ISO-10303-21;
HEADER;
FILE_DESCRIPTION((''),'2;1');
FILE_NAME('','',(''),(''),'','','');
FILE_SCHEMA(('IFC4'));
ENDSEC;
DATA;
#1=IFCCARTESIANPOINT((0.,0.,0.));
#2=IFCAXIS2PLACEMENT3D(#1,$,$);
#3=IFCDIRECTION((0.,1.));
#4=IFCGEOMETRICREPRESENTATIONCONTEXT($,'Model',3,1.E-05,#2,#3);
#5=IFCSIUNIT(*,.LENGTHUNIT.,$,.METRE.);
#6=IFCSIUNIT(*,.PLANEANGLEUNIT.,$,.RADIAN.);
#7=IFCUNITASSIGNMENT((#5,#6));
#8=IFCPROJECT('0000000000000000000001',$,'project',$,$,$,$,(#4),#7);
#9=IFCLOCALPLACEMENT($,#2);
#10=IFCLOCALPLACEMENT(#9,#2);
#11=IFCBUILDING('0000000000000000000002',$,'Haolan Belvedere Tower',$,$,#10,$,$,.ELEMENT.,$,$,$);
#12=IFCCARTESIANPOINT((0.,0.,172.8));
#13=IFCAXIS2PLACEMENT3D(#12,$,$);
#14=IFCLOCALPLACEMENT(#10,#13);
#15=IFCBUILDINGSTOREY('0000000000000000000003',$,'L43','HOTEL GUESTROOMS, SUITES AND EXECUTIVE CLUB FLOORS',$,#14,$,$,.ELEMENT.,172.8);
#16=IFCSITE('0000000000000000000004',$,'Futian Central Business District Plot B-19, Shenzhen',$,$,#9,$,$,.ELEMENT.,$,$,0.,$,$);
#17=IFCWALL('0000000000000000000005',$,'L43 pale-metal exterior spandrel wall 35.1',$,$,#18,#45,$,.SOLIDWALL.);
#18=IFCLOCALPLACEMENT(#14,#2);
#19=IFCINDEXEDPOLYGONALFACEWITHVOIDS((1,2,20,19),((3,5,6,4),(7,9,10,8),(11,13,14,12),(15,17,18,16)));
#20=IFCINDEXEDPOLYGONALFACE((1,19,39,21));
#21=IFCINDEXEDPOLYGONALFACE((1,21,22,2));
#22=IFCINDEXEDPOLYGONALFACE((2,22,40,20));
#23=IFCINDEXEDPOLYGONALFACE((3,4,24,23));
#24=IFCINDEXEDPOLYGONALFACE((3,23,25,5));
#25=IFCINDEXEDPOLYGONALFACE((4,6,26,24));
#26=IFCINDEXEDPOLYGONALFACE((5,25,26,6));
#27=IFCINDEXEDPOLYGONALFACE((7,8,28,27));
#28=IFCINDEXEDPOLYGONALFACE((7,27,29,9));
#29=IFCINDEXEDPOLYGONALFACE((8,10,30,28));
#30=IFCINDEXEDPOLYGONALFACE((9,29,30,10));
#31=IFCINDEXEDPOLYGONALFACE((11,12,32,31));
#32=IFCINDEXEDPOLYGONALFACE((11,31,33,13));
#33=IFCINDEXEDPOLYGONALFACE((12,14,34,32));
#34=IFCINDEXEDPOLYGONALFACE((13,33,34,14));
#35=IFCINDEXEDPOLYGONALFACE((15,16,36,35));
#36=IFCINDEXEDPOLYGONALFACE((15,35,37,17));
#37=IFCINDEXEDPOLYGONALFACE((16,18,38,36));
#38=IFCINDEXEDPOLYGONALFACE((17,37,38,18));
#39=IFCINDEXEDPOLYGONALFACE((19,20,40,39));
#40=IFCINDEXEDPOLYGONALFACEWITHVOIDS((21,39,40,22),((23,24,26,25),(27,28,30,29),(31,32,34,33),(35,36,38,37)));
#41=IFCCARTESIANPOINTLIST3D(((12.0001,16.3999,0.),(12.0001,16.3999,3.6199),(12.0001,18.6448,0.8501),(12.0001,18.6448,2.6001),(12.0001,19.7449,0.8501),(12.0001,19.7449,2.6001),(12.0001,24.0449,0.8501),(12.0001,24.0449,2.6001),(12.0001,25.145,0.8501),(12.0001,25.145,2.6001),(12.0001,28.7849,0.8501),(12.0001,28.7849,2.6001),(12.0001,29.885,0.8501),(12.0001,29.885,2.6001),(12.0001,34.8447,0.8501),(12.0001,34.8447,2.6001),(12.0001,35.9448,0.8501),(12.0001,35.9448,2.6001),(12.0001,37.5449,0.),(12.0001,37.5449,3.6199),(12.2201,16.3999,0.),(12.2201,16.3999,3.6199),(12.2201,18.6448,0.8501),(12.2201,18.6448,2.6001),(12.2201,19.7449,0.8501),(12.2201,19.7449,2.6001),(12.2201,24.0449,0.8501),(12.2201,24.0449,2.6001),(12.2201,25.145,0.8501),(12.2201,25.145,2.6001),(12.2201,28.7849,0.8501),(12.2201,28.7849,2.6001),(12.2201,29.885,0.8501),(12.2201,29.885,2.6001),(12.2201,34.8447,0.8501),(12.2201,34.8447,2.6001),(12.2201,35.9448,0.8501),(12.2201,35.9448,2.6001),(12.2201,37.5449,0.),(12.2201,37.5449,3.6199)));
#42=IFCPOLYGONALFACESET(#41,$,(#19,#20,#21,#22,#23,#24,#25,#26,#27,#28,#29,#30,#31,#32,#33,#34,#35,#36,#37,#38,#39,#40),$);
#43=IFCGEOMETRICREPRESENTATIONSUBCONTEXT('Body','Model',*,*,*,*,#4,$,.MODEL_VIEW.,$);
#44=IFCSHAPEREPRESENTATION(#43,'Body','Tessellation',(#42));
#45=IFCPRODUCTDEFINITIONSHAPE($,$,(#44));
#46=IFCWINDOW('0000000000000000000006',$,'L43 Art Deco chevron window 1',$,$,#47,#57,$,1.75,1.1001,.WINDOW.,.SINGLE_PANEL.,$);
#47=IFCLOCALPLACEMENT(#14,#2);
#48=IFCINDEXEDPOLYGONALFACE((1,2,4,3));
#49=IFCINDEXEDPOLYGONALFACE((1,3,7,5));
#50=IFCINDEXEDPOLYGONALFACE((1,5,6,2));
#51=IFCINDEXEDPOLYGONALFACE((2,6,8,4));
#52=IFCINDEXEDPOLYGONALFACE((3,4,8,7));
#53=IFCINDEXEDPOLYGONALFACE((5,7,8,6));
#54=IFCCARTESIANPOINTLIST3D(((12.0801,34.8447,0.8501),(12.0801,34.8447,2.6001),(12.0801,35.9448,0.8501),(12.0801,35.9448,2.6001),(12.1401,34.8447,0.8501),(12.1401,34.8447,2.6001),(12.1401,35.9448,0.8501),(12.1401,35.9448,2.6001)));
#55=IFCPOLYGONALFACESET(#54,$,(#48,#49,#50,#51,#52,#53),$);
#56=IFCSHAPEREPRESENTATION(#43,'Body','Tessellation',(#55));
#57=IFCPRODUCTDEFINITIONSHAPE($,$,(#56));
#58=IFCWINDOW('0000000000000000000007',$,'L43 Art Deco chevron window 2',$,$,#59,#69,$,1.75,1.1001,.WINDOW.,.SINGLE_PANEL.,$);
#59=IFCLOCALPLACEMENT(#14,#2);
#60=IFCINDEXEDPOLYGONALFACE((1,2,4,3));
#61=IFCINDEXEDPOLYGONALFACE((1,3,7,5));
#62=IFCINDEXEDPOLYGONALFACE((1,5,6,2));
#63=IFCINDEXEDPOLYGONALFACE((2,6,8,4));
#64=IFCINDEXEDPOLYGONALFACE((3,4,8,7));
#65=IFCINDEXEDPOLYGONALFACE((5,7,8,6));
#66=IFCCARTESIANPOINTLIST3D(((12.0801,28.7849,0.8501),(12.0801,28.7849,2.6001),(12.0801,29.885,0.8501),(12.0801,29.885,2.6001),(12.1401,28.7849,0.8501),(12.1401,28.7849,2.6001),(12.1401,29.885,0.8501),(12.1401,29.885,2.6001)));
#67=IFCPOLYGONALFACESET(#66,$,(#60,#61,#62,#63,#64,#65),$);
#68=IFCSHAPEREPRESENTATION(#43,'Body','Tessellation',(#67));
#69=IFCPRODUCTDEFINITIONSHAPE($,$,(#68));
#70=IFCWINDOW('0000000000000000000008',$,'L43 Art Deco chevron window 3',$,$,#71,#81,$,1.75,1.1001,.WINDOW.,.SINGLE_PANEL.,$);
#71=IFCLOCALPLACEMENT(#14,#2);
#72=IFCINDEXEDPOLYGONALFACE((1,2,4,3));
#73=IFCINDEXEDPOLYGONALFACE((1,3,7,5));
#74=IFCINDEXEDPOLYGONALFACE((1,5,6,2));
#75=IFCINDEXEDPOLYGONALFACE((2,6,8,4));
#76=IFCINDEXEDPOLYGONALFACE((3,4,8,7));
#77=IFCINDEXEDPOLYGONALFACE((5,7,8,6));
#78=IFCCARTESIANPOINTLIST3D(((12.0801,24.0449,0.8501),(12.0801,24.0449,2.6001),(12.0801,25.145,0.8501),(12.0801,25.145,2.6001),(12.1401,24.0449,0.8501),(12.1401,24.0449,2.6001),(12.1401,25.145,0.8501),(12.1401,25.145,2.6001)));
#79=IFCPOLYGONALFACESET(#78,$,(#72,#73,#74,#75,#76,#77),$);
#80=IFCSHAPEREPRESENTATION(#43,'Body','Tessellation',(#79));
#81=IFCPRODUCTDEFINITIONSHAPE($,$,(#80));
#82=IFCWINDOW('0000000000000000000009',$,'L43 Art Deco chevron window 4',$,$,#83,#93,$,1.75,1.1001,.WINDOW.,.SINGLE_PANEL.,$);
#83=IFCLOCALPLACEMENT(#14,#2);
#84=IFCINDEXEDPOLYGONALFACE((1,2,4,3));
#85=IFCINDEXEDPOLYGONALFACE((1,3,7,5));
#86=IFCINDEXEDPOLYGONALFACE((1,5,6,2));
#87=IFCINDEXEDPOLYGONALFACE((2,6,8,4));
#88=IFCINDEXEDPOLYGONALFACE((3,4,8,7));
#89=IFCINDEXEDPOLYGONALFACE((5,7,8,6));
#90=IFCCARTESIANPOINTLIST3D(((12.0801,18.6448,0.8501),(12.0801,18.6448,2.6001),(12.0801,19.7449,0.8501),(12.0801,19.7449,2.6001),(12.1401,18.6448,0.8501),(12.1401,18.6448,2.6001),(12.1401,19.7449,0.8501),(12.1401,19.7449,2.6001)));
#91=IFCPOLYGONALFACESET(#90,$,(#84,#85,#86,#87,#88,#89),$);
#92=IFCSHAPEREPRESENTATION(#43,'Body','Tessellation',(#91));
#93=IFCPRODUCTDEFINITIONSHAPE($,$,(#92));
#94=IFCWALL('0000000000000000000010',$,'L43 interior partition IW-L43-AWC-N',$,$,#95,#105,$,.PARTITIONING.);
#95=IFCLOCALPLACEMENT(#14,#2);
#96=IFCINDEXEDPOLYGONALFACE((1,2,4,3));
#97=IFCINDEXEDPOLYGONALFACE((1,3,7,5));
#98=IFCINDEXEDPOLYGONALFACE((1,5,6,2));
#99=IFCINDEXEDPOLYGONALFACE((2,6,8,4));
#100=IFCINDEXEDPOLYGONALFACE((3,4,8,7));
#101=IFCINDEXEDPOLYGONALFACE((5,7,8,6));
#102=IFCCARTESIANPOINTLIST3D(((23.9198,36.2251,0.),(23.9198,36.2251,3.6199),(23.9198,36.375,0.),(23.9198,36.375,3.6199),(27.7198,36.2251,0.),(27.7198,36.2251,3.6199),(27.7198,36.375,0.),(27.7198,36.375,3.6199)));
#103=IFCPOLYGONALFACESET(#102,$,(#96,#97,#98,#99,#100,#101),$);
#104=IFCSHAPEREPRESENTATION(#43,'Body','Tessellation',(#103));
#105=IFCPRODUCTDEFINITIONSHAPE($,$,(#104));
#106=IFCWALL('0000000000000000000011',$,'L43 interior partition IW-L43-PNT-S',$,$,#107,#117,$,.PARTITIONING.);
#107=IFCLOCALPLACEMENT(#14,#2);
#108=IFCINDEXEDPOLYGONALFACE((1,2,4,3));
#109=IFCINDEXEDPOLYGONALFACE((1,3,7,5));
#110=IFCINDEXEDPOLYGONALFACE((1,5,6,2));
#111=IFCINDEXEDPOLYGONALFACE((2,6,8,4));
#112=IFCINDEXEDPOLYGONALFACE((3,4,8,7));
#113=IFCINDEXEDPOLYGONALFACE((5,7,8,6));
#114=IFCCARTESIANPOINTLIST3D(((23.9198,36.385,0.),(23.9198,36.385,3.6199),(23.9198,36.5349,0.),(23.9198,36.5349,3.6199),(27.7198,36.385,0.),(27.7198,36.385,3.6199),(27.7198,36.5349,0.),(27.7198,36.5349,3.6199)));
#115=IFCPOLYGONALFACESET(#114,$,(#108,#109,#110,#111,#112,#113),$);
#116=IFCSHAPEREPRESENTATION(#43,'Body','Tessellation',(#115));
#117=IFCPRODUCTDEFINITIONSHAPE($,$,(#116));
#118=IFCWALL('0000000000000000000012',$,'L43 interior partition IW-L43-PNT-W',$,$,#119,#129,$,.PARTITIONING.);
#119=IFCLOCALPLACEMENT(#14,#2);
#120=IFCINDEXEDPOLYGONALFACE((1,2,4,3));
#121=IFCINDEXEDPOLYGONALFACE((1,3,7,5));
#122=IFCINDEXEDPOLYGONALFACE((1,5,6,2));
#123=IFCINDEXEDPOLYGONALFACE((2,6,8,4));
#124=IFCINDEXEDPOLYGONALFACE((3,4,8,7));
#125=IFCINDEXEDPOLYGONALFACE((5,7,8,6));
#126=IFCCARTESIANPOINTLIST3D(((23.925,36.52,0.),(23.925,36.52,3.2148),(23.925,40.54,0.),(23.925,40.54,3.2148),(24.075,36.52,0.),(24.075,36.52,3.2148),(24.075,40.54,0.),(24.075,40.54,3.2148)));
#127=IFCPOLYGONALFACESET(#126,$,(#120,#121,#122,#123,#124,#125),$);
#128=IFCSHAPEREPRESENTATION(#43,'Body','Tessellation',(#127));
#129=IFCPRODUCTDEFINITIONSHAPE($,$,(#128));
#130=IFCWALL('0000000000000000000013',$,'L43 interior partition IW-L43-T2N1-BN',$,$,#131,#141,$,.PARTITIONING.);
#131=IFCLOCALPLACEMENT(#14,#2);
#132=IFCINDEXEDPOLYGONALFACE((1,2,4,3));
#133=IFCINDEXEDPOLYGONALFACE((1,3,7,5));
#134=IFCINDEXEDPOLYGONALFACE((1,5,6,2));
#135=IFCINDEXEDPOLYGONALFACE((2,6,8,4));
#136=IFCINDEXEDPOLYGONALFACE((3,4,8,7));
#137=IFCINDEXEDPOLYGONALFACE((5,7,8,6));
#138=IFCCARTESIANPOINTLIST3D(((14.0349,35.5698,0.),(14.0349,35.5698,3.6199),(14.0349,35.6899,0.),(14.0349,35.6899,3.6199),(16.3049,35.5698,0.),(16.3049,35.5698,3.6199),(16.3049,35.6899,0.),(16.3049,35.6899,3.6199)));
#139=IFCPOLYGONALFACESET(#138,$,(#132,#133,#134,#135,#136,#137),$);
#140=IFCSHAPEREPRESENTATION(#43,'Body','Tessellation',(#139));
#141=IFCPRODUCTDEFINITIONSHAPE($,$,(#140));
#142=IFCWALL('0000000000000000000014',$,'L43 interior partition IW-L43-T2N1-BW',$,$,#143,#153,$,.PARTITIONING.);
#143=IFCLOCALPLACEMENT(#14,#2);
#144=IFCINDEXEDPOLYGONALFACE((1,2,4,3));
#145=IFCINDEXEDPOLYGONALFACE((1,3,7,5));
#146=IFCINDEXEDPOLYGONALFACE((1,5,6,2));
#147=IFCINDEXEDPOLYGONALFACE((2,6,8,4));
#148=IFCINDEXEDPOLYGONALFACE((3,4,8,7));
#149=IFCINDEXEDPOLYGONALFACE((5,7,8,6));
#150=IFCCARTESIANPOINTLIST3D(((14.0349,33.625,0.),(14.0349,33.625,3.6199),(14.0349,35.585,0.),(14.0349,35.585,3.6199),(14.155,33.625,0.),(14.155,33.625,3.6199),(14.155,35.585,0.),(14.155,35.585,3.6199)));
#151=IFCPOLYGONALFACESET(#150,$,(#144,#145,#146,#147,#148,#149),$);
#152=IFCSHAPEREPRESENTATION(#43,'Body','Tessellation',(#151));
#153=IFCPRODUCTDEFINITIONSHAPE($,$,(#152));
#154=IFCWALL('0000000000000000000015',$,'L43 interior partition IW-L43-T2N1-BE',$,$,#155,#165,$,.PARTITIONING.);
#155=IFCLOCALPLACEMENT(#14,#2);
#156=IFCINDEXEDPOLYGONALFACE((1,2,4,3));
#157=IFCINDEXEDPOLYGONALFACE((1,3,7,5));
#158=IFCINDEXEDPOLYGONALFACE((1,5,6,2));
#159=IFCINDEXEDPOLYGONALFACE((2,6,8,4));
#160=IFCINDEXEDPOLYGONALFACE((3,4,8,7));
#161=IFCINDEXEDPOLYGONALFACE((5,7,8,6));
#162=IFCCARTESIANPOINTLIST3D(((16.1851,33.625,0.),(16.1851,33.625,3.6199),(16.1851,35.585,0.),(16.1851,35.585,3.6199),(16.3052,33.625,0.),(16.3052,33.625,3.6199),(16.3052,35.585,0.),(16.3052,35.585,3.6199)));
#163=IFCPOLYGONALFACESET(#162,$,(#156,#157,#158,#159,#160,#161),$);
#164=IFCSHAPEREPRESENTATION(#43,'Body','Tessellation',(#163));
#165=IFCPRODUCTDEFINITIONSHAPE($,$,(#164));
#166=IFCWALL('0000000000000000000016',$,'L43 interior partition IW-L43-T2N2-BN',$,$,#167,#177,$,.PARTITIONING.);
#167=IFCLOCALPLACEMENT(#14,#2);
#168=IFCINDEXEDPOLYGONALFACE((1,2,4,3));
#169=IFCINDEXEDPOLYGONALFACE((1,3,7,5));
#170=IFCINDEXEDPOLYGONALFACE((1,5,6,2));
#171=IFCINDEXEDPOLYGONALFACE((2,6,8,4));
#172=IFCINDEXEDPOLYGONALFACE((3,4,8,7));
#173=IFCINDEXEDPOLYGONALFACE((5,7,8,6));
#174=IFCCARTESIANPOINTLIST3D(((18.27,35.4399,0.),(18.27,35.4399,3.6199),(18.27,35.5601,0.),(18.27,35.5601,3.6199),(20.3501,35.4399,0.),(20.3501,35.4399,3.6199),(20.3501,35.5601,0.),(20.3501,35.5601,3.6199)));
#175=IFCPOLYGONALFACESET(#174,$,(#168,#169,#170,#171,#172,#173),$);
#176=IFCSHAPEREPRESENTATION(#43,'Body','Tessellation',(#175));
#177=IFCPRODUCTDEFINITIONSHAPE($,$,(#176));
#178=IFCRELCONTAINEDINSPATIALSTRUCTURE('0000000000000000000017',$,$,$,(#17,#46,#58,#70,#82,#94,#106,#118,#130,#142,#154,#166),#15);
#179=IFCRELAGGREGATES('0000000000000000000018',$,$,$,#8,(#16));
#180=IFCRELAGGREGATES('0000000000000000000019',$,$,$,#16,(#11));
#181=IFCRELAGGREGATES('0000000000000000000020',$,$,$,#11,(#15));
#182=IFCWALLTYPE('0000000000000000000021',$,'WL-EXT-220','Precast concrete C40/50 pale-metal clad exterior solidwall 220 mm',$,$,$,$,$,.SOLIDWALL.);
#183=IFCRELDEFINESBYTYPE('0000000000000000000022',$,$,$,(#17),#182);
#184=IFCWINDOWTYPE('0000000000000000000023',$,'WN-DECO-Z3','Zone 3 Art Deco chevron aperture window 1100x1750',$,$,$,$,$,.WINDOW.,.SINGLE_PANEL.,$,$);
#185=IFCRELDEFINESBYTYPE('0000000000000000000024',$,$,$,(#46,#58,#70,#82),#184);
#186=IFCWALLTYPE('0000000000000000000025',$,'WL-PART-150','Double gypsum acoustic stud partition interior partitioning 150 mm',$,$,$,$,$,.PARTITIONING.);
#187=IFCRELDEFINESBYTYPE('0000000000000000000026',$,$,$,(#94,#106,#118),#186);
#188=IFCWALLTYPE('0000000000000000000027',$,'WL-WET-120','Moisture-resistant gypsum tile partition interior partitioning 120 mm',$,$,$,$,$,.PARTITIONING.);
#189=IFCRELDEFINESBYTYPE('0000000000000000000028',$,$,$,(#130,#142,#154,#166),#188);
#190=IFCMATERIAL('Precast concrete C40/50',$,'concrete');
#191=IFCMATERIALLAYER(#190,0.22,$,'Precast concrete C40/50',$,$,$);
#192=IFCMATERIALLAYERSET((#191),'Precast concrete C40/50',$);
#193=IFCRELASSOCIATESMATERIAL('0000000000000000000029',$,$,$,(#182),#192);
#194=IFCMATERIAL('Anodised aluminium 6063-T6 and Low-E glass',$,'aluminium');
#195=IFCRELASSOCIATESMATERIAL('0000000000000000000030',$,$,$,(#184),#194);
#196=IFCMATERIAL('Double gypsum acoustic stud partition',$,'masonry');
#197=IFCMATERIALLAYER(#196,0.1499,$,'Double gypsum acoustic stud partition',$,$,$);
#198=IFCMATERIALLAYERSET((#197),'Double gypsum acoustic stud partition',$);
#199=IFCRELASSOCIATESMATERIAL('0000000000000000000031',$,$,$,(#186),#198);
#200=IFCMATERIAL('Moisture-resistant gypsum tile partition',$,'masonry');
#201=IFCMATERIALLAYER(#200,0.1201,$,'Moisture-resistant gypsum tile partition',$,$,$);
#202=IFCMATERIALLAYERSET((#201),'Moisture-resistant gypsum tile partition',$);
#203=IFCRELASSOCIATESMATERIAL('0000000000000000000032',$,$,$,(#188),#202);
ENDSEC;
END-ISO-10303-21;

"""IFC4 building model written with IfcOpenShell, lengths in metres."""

from ifc_helpers import new_model, si_unit, direction, frame, frame_2d, origin, place, context, subcontext, project, spatial, rectangle, extrude, material, layer, layer_set, type_object, element, fill, save


model = new_model("IFC4")

# Units and contexts
model_context = context("Model", 3, precision=1e-05, world=origin(), true_north=direction((0.0, 1.0)))
body_context = subcontext(model_context, "Body", "Model", "MODEL_VIEW")
ifc_project = project(units=[si_unit("LENGTHUNIT", "METRE"), si_unit("PLANEANGLEUNIT", "RADIAN")], contexts=[model_context])

# Site, building, storey
site_placement = place(None, origin())
site = spatial("IfcSite", under=ifc_project, at=site_placement, Name="Futian Central Business District Plot B-19, Shenzhen", CompositionType="ELEMENT", RefElevation=0.0)
building_placement = place(site_placement, origin())
building = spatial("IfcBuilding", under=site, at=building_placement, Name="Haolan Belvedere Tower", CompositionType="ELEMENT")
storey_placement = place(building_placement, frame((0.0, 0.0, 172.8)))
storey = spatial("IfcBuildingStorey", under=building, at=storey_placement, Name="L43", Description="HOTEL GUESTROOMS, SUITES AND EXECUTIVE CLUB FLOORS", CompositionType="ELEMENT", Elevation=172.8)

# Shared definitions
ifc_material_1 = material(Name="Precast concrete C40/50", Category="concrete")
ifc_layer_1 = layer(ifc_material_1, 0.22, Name="Precast concrete C40/50")
ifc_layer_set_1 = layer_set([ifc_layer_1], Name="Precast concrete C40/50")
wall_type_1 = type_object("IfcWallType", Name="WL-EXT-220", Description="Precast concrete C40/50 pale-metal clad exterior solidwall 220 mm", PredefinedType="SOLIDWALL", material=ifc_layer_set_1)

# Wall, openings, windows
wall_1_placement = place(storey_placement, frame((12.1101, 37.5449, 0.0), z_axis=(0.0, 0.0, 1.0), x_axis=(0.0, -1.0, 0.0)))
wall_1 = element("IfcWall", 1, at=wall_1_placement, inside=storey, type_object=wall_type_1, Name="L43 pale-metal exterior spandrel wall 35.1", PredefinedType="SOLIDWALL", context=body_context, shape_type="SweptSolid", body=[
    extrude(rectangle(XDim=21.145, YDim=0.22, at=frame_2d((10.5725, 0.0))), origin(), (0.0, 0.0, 1.0), 3.6199),
])
opening_1_placement = place(wall_1_placement, frame((1.6001, 0.0, 0.8501)))
opening_1 = element("IfcOpeningElement", 2, at=opening_1_placement, cuts=wall_1, PredefinedType="OPENING", context=body_context, shape_type="SweptSolid", body=[
    extrude(rectangle(XDim=1.1001, YDim=1.75, at=frame_2d((0.55, 0.875))), frame((0.0, 0.1199, 0.0), z_axis=(0.0, -1.0, 0.0), x_axis=(1.0, 0.0, 0.0)), (0.0, 0.0, 1.0), 0.24),
])
opening_2_placement = place(wall_1_placement, frame((7.6599, 0.0, 0.8501)))
opening_2 = element("IfcOpeningElement", 3, at=opening_2_placement, cuts=wall_1, PredefinedType="OPENING", context=body_context, shape_type="SweptSolid", body=[
    extrude(rectangle(XDim=1.1001, YDim=1.75, at=frame_2d((0.55, 0.875))), frame((0.0, 0.1199, 0.0), z_axis=(0.0, -1.0, 0.0), x_axis=(1.0, 0.0, 0.0)), (0.0, 0.0, 1.0), 0.24),
])
opening_3_placement = place(wall_1_placement, frame((12.3999, 0.0, 0.8501)))
opening_3 = element("IfcOpeningElement", 4, at=opening_3_placement, cuts=wall_1, PredefinedType="OPENING", context=body_context, shape_type="SweptSolid", body=[
    extrude(rectangle(XDim=1.1001, YDim=1.75, at=frame_2d((0.55, 0.875))), frame((0.0, 0.1199, 0.0), z_axis=(0.0, -1.0, 0.0), x_axis=(1.0, 0.0, 0.0)), (0.0, 0.0, 1.0), 0.24),
])
opening_4_placement = place(wall_1_placement, frame((17.8, 0.0, 0.8501)))
opening_4 = element("IfcOpeningElement", 5, at=opening_4_placement, cuts=wall_1, PredefinedType="OPENING", context=body_context, shape_type="SweptSolid", body=[
    extrude(rectangle(XDim=1.1001, YDim=1.75, at=frame_2d((0.55, 0.875))), frame((0.0, 0.1199, 0.0), z_axis=(0.0, -1.0, 0.0), x_axis=(1.0, 0.0, 0.0)), (0.0, 0.0, 1.0), 0.24),
])
ifc_material_2 = material(Name="Anodised aluminium 6063-T6 and Low-E glass", Category="aluminium")
window_type = type_object("IfcWindowType", Name="WN-DECO-Z3", Description="Zone 3 Art Deco chevron aperture window 1100x1750", PartitioningType="SINGLE_PANEL", PredefinedType="WINDOW", material=ifc_material_2)
window_1_placement = place(opening_1_placement, origin())
window_1 = element("IfcWindow", 6, at=window_1_placement, inside=storey, type_object=window_type, Name="L43 Art Deco chevron window 1", OverallHeight=1.75, OverallWidth=1.1001, PartitioningType="SINGLE_PANEL", PredefinedType="WINDOW", context=body_context, shape_type="SweptSolid", body=[
    extrude(rectangle(XDim=1.1001, YDim=1.75, at=frame_2d((0.55, 0.875))), frame((0.0, 0.03, 0.0), z_axis=(0.0, -1.0, 0.0), x_axis=(1.0, 0.0, 0.0)), (0.0, 0.0, 1.0), 0.0601),
])
fill(opening_1, window_1)
window_2_placement = place(opening_2_placement, origin())
window_2 = element("IfcWindow", 7, at=window_2_placement, inside=storey, type_object=window_type, Name="L43 Art Deco chevron window 2", OverallHeight=1.75, OverallWidth=1.1001, PartitioningType="SINGLE_PANEL", PredefinedType="WINDOW", context=body_context, shape_type="SweptSolid", body=[
    extrude(rectangle(XDim=1.1001, YDim=1.75, at=frame_2d((0.55, 0.875))), frame((0.0, 0.03, 0.0), z_axis=(0.0, -1.0, 0.0), x_axis=(1.0, 0.0, 0.0)), (0.0, 0.0, 1.0), 0.0601),
])
fill(opening_2, window_2)
window_3_placement = place(opening_3_placement, origin())
window_3 = element("IfcWindow", 8, at=window_3_placement, inside=storey, type_object=window_type, Name="L43 Art Deco chevron window 3", OverallHeight=1.75, OverallWidth=1.1001, PartitioningType="SINGLE_PANEL", PredefinedType="WINDOW", context=body_context, shape_type="SweptSolid", body=[
    extrude(rectangle(XDim=1.1001, YDim=1.75, at=frame_2d((0.55, 0.875))), frame((0.0, 0.03, 0.0), z_axis=(0.0, -1.0, 0.0), x_axis=(1.0, 0.0, 0.0)), (0.0, 0.0, 1.0), 0.0601),
])
fill(opening_3, window_3)
window_4_placement = place(opening_4_placement, origin())
window_4 = element("IfcWindow", 9, at=window_4_placement, inside=storey, type_object=window_type, Name="L43 Art Deco chevron window 4", OverallHeight=1.75, OverallWidth=1.1001, PartitioningType="SINGLE_PANEL", PredefinedType="WINDOW", context=body_context, shape_type="SweptSolid", body=[
    extrude(rectangle(XDim=1.1001, YDim=1.75, at=frame_2d((0.55, 0.875))), frame((0.0, 0.03, 0.0), z_axis=(0.0, -1.0, 0.0), x_axis=(1.0, 0.0, 0.0)), (0.0, 0.0, 1.0), 0.0601),
])
fill(opening_4, window_4)

# Walls
ifc_material_3 = material(Name="Double gypsum acoustic stud partition", Category="masonry")
ifc_layer_2 = layer(ifc_material_3, 0.1499, Name="Double gypsum acoustic stud partition")
ifc_layer_set_2 = layer_set([ifc_layer_2], Name="Double gypsum acoustic stud partition")
wall_type_2 = type_object("IfcWallType", Name="WL-PART-150", Description="Double gypsum acoustic stud partition interior partitioning 150 mm", PredefinedType="PARTITIONING", material=ifc_layer_set_2)
for number, where, z_axis, x_axis, name in (
    (10, (23.9199, 36.3, 0.0), (0.0, 0.0, 1.0), (1.0, 0.0, 0.0), "L43 interior partition IW-L43-AWC-N"),
    (11, (23.9199, 36.46, 0.0), (0.0, 0.0, 1.0), (1.0, 0.0, 0.0), "L43 interior partition IW-L43-PNT-S"),
):
    element("IfcWall", number, at=place(storey_placement, frame(where, z_axis=z_axis, x_axis=x_axis)), inside=storey, type_object=wall_type_2, Name=name, PredefinedType="PARTITIONING", context=body_context, shape_type="SweptSolid", body=[
        extrude(rectangle(XDim=3.8, YDim=0.1499, at=frame_2d((1.8999, 0.0))), origin(), (0.0, 0.0, 1.0), 3.6199),
    ])
wall_2_placement = place(storey_placement, frame((24.0, 36.52, 0.0), z_axis=(0.0, 0.0, 1.0), x_axis=(0.0, 1.0, 0.0)))
element("IfcWall", 12, at=wall_2_placement, inside=storey, type_object=wall_type_2, Name="L43 interior partition IW-L43-PNT-W", PredefinedType="PARTITIONING", context=body_context, shape_type="SweptSolid", body=[
    extrude(rectangle(XDim=4.02, YDim=0.1499, at=frame_2d((2.01, 0.0))), origin(), (0.0, 0.0, 1.0), 3.2148),
])
ifc_material_4 = material(Name="Moisture-resistant gypsum tile partition", Category="masonry")
ifc_layer_3 = layer(ifc_material_4, 0.1201, Name="Moisture-resistant gypsum tile partition")
ifc_layer_set_3 = layer_set([ifc_layer_3], Name="Moisture-resistant gypsum tile partition")
wall_type_3 = type_object("IfcWallType", Name="WL-WET-120", Description="Moisture-resistant gypsum tile partition interior partitioning 120 mm", PredefinedType="PARTITIONING", material=ifc_layer_set_3)
wall_3_placement = place(storey_placement, frame((14.0349, 35.6299, 0.0), z_axis=(0.0, 0.0, 1.0), x_axis=(1.0, 0.0, 0.0)))
element("IfcWall", 13, at=wall_3_placement, inside=storey, type_object=wall_type_3, Name="L43 interior partition IW-L43-T2N1-BN", PredefinedType="PARTITIONING", context=body_context, shape_type="SweptSolid", body=[
    extrude(rectangle(XDim=2.27, YDim=0.1201, at=frame_2d((1.135, 0.0))), origin(), (0.0, 0.0, 1.0), 3.6199),
])
for number, where, z_axis, x_axis, name in (
    (14, (14.095, 33.625, 0.0), (0.0, 0.0, 1.0), (0.0, 1.0, 0.0), "L43 interior partition IW-L43-T2N1-BW"),
    (15, (16.2451, 33.625, 0.0), (0.0, 0.0, 1.0), (0.0, 1.0, 0.0), "L43 interior partition IW-L43-T2N1-BE"),
):
    element("IfcWall", number, at=place(storey_placement, frame(where, z_axis=z_axis, x_axis=x_axis)), inside=storey, type_object=wall_type_3, Name=name, PredefinedType="PARTITIONING", context=body_context, shape_type="SweptSolid", body=[
        extrude(rectangle(XDim=1.96, YDim=0.1201, at=frame_2d((0.98, 0.0))), origin(), (0.0, 0.0, 1.0), 3.6199),
    ])
for number, where, z_axis, x_axis, name in (
    (16, (18.27, 35.5, 0.0), (0.0, 0.0, 1.0), (1.0, 0.0, 0.0), "L43 interior partition IW-L43-T2N2-BN"),
):
    element("IfcWall", number, at=place(storey_placement, frame(where, z_axis=z_axis, x_axis=x_axis)), inside=storey, type_object=wall_type_3, Name=name, PredefinedType="PARTITIONING", context=body_context, shape_type="SweptSolid", body=[
        extrude(rectangle(XDim=2.0801, YDim=0.1201, at=frame_2d((1.04, 0.0))), origin(), (0.0, 0.0, 1.0), 3.6199),
    ])

save(model, "model.ifc")
